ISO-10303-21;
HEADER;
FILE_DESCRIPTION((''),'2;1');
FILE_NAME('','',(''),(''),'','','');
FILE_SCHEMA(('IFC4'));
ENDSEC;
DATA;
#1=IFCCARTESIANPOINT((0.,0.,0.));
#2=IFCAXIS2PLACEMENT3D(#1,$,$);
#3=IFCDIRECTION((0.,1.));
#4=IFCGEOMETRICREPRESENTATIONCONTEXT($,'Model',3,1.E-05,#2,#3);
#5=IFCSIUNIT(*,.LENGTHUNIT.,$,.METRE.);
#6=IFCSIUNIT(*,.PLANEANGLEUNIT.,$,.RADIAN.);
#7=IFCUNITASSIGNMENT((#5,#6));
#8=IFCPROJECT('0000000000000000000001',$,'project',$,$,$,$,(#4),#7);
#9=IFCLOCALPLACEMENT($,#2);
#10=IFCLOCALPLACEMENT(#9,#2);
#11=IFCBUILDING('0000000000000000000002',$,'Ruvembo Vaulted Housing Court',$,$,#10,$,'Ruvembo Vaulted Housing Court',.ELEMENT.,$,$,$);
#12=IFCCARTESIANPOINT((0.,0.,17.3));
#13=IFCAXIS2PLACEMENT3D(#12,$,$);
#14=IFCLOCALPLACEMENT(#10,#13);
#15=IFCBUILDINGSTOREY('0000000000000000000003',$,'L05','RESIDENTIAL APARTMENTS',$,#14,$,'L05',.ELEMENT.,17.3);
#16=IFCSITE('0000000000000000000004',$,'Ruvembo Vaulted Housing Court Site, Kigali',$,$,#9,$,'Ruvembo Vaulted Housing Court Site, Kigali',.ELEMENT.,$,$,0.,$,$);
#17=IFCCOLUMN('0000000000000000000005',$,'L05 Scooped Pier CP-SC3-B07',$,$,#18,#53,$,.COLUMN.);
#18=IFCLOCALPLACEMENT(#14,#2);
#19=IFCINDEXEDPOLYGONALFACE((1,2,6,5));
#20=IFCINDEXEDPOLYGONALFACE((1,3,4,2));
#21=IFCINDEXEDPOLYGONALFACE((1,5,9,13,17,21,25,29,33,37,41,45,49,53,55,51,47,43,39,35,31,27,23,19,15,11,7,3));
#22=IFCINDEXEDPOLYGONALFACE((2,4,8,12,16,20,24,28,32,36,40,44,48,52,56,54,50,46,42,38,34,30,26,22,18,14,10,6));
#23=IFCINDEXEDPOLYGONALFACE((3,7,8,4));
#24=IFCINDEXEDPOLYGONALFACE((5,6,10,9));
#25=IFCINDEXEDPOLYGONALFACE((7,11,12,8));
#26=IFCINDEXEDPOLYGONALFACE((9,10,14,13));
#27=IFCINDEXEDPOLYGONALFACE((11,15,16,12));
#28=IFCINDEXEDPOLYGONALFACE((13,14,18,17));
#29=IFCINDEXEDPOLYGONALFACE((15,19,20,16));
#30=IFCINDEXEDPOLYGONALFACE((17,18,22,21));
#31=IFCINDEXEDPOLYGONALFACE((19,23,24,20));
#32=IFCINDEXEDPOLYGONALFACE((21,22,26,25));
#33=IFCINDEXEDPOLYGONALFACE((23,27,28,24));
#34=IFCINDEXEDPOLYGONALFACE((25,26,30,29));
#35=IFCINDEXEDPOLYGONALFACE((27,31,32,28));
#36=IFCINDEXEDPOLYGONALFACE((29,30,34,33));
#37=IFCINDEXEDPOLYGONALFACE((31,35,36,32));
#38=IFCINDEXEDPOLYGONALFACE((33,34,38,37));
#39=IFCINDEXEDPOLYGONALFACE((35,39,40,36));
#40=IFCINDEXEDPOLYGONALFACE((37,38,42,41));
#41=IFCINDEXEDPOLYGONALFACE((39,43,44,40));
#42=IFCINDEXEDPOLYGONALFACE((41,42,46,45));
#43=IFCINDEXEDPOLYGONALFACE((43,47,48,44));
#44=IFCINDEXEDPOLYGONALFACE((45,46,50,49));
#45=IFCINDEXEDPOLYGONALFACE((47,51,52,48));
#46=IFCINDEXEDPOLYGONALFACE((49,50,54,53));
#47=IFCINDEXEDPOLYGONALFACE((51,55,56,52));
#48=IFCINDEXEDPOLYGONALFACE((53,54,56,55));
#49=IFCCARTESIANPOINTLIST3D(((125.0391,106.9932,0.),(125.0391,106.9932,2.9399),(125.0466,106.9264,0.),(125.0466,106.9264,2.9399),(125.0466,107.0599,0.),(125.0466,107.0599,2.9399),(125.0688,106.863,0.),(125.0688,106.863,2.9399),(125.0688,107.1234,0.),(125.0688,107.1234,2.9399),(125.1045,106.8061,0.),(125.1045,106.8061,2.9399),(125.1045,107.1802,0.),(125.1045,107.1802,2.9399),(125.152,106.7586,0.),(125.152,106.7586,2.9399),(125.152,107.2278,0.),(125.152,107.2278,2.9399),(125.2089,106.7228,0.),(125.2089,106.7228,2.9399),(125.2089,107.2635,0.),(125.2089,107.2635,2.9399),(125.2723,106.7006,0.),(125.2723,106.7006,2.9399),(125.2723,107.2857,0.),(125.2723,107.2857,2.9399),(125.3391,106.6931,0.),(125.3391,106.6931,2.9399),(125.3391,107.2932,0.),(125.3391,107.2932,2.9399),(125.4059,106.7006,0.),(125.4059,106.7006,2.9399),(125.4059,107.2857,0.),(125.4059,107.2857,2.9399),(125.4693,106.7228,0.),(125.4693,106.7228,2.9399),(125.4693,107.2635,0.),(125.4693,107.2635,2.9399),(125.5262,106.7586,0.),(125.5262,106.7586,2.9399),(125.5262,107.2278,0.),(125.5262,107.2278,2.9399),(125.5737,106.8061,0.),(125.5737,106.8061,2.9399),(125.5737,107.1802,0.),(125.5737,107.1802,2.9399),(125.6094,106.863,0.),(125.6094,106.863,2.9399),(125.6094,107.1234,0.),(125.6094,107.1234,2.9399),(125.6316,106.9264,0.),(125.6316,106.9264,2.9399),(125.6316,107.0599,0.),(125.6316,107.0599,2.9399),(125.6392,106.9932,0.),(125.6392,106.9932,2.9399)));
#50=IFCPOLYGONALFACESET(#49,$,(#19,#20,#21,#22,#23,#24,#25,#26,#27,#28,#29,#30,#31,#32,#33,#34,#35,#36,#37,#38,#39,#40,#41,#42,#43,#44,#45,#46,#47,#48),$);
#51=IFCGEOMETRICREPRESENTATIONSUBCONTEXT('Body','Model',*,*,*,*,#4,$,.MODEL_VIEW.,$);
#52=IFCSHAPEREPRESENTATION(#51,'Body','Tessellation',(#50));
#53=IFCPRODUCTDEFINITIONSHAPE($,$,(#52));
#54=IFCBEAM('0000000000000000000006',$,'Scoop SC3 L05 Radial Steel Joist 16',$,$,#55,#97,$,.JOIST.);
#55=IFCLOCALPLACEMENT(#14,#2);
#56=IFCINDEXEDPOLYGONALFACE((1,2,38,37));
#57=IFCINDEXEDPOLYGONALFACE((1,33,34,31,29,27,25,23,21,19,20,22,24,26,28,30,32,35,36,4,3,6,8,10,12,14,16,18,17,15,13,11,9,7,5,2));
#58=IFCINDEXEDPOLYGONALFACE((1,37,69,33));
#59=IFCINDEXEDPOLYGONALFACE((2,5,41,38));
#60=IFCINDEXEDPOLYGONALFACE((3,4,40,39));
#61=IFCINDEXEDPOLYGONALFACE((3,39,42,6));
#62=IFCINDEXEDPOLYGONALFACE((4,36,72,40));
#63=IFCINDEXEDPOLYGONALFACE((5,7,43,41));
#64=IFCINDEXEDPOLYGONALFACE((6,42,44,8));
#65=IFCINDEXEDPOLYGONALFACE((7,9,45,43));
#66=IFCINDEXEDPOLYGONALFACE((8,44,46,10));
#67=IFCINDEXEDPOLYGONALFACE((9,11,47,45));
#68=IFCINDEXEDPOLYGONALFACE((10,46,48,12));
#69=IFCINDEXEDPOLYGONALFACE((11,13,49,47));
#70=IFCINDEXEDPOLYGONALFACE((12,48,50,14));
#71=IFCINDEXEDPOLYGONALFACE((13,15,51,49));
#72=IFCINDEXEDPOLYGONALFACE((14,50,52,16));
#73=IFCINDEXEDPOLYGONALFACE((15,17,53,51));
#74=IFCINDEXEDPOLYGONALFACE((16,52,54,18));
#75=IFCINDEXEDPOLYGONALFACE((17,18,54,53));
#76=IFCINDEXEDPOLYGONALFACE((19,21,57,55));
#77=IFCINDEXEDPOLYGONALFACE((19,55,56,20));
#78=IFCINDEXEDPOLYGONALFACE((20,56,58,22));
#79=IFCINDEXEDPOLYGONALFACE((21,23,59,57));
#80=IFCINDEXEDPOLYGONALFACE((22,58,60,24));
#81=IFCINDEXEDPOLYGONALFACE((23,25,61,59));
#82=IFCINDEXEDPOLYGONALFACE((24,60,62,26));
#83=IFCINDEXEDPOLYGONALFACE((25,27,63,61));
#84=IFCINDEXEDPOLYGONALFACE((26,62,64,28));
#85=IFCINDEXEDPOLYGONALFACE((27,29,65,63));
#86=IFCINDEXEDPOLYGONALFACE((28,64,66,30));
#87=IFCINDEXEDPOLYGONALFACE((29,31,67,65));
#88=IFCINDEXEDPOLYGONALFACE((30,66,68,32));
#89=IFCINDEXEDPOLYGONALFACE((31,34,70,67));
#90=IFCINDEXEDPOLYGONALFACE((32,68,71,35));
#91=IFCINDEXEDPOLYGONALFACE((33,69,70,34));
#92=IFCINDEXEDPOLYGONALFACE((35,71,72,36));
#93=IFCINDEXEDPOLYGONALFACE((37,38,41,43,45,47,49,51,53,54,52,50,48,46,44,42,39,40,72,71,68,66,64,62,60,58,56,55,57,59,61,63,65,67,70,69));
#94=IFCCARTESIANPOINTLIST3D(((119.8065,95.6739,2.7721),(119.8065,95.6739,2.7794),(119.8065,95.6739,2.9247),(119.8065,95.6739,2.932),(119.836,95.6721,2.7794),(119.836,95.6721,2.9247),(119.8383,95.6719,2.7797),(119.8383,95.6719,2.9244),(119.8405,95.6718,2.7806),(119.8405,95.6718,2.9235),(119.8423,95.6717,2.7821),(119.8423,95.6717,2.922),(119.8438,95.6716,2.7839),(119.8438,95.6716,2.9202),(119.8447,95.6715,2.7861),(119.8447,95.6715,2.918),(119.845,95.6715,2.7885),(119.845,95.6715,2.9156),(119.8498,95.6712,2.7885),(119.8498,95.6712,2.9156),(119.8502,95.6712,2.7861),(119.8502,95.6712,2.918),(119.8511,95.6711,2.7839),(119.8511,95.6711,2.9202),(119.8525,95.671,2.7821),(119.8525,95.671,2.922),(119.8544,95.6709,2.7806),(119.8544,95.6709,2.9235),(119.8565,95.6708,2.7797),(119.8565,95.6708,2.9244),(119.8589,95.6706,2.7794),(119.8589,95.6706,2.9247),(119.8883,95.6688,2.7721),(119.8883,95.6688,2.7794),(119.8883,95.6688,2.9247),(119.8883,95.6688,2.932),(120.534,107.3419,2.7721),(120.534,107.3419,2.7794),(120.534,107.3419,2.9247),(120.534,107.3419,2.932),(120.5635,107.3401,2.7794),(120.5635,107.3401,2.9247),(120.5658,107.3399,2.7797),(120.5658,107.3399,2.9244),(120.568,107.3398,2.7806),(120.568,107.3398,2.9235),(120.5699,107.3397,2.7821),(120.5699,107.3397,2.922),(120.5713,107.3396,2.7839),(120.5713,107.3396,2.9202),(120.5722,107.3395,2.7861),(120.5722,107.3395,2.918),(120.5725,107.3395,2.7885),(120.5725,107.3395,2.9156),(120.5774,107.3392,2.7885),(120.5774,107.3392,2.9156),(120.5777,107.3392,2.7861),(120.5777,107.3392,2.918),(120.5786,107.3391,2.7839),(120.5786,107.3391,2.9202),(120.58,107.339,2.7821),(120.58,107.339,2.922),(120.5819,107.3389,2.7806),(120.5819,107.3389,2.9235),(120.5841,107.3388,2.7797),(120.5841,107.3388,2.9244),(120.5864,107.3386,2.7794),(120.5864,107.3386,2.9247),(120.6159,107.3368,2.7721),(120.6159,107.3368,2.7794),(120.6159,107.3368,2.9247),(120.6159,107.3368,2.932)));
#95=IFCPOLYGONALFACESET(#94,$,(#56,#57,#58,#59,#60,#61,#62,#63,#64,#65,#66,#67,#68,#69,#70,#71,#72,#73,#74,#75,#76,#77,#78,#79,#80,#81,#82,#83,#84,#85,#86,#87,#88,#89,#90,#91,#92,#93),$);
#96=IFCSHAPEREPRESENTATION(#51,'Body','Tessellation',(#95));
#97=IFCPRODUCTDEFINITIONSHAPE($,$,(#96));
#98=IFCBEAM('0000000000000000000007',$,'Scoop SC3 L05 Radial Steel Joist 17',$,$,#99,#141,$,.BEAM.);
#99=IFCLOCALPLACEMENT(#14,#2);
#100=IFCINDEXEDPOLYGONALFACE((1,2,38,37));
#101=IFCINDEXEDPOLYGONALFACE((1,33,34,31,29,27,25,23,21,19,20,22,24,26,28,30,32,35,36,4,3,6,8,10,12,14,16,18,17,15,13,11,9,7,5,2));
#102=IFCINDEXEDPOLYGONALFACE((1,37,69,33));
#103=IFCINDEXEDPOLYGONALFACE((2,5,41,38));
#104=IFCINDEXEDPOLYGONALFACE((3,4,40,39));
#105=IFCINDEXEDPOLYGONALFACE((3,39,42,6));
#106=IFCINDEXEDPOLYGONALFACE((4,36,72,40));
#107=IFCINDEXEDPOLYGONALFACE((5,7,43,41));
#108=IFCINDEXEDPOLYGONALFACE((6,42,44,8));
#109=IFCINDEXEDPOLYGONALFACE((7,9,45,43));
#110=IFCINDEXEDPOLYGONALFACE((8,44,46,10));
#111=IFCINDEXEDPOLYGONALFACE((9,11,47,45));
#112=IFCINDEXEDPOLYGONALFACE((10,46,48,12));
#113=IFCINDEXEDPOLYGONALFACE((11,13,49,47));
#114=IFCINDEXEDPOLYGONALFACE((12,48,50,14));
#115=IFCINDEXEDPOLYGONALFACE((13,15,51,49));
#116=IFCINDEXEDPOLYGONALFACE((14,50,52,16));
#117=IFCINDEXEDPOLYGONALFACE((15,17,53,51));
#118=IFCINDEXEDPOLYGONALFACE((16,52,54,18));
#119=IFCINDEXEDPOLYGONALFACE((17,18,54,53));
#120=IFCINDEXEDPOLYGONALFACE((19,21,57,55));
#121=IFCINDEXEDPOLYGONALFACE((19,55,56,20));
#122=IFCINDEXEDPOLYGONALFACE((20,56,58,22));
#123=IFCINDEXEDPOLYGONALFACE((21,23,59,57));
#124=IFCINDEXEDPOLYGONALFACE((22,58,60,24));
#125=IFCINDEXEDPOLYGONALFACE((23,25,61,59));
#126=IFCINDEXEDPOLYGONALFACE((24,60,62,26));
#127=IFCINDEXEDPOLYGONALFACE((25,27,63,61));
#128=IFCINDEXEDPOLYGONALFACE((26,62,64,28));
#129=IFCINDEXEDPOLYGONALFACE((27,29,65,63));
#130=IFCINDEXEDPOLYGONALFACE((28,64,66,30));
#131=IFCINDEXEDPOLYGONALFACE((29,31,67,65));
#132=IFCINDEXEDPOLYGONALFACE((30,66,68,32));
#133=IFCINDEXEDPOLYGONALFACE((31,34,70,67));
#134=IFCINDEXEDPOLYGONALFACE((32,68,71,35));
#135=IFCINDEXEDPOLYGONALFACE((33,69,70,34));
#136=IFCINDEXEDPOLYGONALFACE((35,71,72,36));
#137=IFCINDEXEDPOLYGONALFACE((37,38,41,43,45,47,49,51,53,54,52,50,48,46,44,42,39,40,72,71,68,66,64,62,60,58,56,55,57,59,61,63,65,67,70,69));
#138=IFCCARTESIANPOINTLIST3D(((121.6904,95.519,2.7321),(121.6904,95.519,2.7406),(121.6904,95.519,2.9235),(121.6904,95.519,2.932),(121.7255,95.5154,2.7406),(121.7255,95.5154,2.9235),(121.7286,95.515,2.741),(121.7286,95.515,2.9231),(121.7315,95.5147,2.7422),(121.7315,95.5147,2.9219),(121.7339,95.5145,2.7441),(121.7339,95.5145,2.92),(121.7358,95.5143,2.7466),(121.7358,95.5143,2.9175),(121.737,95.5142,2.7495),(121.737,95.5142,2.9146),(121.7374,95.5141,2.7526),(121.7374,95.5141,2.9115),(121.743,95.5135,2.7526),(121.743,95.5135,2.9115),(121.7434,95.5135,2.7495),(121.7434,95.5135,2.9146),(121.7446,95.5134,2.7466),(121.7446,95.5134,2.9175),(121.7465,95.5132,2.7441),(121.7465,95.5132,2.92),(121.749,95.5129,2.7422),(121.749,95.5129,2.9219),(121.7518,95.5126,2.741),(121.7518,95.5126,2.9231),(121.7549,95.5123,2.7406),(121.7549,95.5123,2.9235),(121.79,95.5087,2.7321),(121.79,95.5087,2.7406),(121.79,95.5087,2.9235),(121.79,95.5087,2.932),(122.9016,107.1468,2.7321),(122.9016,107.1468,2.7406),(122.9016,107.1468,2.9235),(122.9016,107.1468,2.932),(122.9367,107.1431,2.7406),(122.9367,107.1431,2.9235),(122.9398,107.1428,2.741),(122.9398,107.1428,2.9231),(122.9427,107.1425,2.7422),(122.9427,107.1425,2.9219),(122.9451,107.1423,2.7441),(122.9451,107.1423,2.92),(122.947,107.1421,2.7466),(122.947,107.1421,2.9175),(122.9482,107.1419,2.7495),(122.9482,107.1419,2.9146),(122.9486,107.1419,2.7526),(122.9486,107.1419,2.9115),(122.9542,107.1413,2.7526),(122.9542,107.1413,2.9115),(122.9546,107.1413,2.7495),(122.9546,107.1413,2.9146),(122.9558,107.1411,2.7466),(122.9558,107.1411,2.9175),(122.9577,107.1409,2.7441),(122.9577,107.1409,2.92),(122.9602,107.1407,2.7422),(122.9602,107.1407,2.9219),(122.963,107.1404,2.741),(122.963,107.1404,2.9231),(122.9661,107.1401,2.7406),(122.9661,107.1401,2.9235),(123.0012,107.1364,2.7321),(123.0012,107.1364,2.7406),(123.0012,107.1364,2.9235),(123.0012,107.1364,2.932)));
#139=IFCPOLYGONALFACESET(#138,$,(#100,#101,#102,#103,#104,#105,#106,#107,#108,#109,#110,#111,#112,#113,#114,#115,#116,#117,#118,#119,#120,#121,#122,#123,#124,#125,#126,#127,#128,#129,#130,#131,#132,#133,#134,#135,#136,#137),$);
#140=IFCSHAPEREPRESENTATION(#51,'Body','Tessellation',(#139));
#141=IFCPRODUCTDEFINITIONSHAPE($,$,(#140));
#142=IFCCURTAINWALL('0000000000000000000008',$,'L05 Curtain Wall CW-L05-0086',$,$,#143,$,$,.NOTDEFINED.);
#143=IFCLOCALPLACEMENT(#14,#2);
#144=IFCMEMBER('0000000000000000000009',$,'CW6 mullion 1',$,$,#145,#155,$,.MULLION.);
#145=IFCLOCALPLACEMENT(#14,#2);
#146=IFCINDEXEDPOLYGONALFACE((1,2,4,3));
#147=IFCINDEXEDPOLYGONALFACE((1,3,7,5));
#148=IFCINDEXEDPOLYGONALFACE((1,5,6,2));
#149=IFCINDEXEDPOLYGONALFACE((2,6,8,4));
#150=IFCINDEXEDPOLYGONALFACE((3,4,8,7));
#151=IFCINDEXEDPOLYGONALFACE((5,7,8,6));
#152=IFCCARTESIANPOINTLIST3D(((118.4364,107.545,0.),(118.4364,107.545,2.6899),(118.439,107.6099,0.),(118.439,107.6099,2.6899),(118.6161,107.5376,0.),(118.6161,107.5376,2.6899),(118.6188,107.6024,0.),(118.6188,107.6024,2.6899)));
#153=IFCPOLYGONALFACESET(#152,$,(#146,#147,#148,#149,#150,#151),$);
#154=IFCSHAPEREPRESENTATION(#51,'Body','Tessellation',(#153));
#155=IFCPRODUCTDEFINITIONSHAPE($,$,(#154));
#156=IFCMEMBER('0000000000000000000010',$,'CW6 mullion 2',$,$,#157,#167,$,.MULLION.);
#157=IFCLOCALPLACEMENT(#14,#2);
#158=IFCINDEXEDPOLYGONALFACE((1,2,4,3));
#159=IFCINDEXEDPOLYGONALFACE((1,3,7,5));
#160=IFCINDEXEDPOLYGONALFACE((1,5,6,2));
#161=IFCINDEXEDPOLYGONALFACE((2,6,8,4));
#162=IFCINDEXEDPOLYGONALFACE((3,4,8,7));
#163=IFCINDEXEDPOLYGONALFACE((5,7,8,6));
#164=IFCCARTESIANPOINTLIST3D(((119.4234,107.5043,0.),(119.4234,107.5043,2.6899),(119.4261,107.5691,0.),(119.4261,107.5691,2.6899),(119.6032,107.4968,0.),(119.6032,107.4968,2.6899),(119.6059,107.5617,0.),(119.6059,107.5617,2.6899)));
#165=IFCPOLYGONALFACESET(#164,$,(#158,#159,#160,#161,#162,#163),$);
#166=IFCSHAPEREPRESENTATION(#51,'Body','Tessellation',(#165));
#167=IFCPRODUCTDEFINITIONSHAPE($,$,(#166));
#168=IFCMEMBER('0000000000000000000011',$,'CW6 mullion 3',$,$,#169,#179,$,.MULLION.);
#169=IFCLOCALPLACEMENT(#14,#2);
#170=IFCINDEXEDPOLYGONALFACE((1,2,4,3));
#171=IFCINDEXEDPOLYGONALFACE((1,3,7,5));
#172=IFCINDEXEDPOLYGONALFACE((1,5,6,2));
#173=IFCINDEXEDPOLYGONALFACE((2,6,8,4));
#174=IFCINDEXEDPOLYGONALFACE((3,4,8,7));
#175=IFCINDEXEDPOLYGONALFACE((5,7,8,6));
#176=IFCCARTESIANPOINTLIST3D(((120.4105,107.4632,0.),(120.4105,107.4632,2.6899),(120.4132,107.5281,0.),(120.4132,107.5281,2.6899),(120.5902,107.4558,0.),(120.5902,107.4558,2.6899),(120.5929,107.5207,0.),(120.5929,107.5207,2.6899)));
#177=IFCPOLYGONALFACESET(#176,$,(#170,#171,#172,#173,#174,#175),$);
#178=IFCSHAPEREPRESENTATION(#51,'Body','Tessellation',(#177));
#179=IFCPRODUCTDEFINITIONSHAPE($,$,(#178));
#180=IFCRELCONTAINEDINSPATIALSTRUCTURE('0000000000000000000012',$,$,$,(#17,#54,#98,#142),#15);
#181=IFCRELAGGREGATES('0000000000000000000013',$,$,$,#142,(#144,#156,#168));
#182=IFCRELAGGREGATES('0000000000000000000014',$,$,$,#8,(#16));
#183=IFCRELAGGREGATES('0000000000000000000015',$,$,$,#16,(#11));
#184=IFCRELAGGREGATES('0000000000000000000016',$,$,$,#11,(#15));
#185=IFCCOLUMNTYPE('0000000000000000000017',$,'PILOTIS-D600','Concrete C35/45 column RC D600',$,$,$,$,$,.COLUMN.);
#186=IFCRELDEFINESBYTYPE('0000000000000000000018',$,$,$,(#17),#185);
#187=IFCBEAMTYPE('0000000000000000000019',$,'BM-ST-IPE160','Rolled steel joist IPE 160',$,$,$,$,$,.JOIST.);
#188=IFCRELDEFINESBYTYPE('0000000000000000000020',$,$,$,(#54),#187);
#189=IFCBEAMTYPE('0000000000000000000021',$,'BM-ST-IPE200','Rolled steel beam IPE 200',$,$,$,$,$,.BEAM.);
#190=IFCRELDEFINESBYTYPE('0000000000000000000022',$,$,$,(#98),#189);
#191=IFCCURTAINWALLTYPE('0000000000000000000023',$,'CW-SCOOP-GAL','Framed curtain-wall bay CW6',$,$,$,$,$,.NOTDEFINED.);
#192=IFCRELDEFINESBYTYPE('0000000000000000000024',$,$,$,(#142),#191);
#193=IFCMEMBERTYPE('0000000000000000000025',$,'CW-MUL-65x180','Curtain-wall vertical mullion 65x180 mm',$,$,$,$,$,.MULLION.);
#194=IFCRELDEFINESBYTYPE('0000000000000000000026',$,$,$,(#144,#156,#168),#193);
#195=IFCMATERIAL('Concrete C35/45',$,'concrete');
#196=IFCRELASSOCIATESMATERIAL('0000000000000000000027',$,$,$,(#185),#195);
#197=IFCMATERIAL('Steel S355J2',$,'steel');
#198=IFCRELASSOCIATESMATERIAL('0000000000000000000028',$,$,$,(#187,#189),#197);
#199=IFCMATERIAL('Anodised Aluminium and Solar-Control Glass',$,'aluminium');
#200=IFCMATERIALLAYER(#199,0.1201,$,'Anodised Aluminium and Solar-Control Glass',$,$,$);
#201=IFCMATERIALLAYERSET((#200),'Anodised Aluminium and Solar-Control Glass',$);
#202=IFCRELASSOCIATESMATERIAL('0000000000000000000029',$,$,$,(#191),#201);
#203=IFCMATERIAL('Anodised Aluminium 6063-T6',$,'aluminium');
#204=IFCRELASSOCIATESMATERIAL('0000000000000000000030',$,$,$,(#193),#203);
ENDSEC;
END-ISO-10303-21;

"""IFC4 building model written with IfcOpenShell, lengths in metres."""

from ifc_helpers import new_model, si_unit, direction, frame, origin, origin_2d, place, context, subcontext, project, spatial, rectangle, circle, i_section, extrude, material, layer, layer_set, material_profile, profile_set, type_object, element, aggregate, save


model = new_model("IFC4")

# Units and contexts
model_context = context("Model", 3, precision=1e-05, world=origin(), true_north=direction((0.0, 1.0)))
body_context = subcontext(model_context, "Body", "Model", "MODEL_VIEW")
ifc_project = project(units=[si_unit("LENGTHUNIT", "METRE"), si_unit("PLANEANGLEUNIT", "RADIAN")], contexts=[model_context])

# Site, building, storey
site_placement = place(None, origin())
site = spatial("IfcSite", under=ifc_project, at=site_placement, Name="Ruvembo Vaulted Housing Court Site, Kigali", LongName="Ruvembo Vaulted Housing Court Site, Kigali", CompositionType="ELEMENT", RefElevation=0.0)
building_placement = place(site_placement, origin())
building = spatial("IfcBuilding", under=site, at=building_placement, Name="Ruvembo Vaulted Housing Court", LongName="Ruvembo Vaulted Housing Court", CompositionType="ELEMENT")
storey_placement = place(building_placement, frame((0.0, 0.0, 17.3)))
storey = spatial("IfcBuildingStorey", under=building, at=storey_placement, Name="L05", Description="RESIDENTIAL APARTMENTS", LongName="L05", CompositionType="ELEMENT", Elevation=17.3)

# Column
ifc_material_1 = material(Name="Concrete C35/45", Category="concrete")
ifc_material_profile_1 = material_profile(ifc_material_1, circle(Radius=0.3, at=origin_2d()), Name="RC D600")
ifc_profile_set_1 = profile_set([ifc_material_profile_1], Name="Concrete C35/45")
column_type = type_object("IfcColumnType", Name="PILOTIS-D600", Description="Concrete C35/45 column RC D600", PredefinedType="COLUMN", material=ifc_profile_set_1)
column_placement = place(storey_placement, frame((125.3391, 106.9932, 0.0), z_axis=(0.0, 0.0, 1.0), x_axis=(1.0, 0.0, 0.0)))
element("IfcColumn", 1, at=column_placement, inside=storey, type_object=column_type, Name="L05 Scooped Pier CP-SC3-B07", PredefinedType="COLUMN", context=body_context, shape_type="SweptSolid", body=[
    extrude(circle(Radius=0.3, at=origin_2d()), origin(), (0.0, 0.0, 1.0), 2.9399),
])

# Beams
ifc_material_2 = material(Name="Steel S355J2", Category="steel")
ifc_material_profile_2 = material_profile(ifc_material_2, i_section(OverallWidth=0.082, OverallDepth=0.1599, WebThickness=0.0049, FlangeThickness=0.0073, FilletRadius=0.009, at=origin_2d()), Name="IPE 160")
ifc_profile_set_2 = profile_set([ifc_material_profile_2], Name="Steel S355J2")
beam_type_1 = type_object("IfcBeamType", Name="BM-ST-IPE160", Description="Rolled steel joist IPE 160", PredefinedType="JOIST", material=ifc_profile_set_2)
beam_1_placement = place(storey_placement, frame((120.575, 107.3394, 2.8521), z_axis=(-0.062233, -0.998062, 0.0), x_axis=(0.998062, -0.062233, 0.0)))
element("IfcBeam", 2, at=beam_1_placement, inside=storey, type_object=beam_type_1, Name="Scoop SC3 L05 Radial Steel Joist 16", PredefinedType="JOIST", context=body_context, shape_type="SweptSolid", body=[
    extrude(i_section(OverallWidth=0.082, OverallDepth=0.1599, WebThickness=0.0049, FlangeThickness=0.0073, FilletRadius=0.009, at=origin_2d()), origin(), (0.0, 0.0, 1.0), 11.6907),
])
ifc_material_profile_3 = material_profile(ifc_material_2, i_section(OverallWidth=0.1001, OverallDepth=0.2, WebThickness=0.0056, FlangeThickness=0.0085, FilletRadius=0.012, at=origin_2d()), Name="IPE 200")
ifc_profile_set_3 = profile_set([ifc_material_profile_3], Name="Steel S355J2")
beam_type_2 = type_object("IfcBeamType", Name="BM-ST-IPE200", Description="Rolled steel beam IPE 200", PredefinedType="BEAM", material=ifc_profile_set_3)
beam_2_placement = place(storey_placement, frame((122.9514, 107.1416, 2.832), z_axis=(-0.103603, -0.994619, 0.0), x_axis=(0.994619, -0.103603, 0.0)))
element("IfcBeam", 3, at=beam_2_placement, inside=storey, type_object=beam_type_2, Name="Scoop SC3 L05 Radial Steel Joist 17", PredefinedType="BEAM", context=body_context, shape_type="SweptSolid", body=[
    extrude(i_section(OverallWidth=0.1001, OverallDepth=0.2, WebThickness=0.0056, FlangeThickness=0.0085, FilletRadius=0.012, at=origin_2d()), origin(), (0.0, 0.0, 1.0), 11.6907),
])

# Curtain wall, members
ifc_material_3 = material(Name="Anodised Aluminium and Solar-Control Glass", Category="aluminium")
ifc_layer_1 = layer(ifc_material_3, 0.1201, Name="Anodised Aluminium and Solar-Control Glass")
ifc_layer_set_1 = layer_set([ifc_layer_1], Name="Anodised Aluminium and Solar-Control Glass")
curtain_wall_type = type_object("IfcCurtainWallType", Name="CW-SCOOP-GAL", Description="Framed curtain-wall bay CW6", PredefinedType="NOTDEFINED", material=ifc_layer_set_1)
curtain_wall_placement = place(storey_placement, origin())
curtain_wall = element("IfcCurtainWall", 4, at=curtain_wall_placement, inside=storey, type_object=curtain_wall_type, Name="L05 Curtain Wall CW-L05-0086", PredefinedType="NOTDEFINED")
ifc_material_4 = material(Name="Anodised Aluminium 6063-T6", Category="aluminium")
ifc_material_profile_4 = material_profile(ifc_material_4, rectangle(XDim=0.0649, YDim=0.1799, at=origin_2d()), Name="ALU 65x180")
ifc_profile_set_4 = profile_set([ifc_material_profile_4], Name="Anodised Aluminium 6063-T6")
member_type_1 = type_object("IfcMemberType", Name="CW-MUL-65x180", Description="Curtain-wall vertical mullion 65x180 mm", PredefinedType="MULLION", material=ifc_profile_set_4)
member_1_placement = place(storey_placement, frame((118.5276, 107.5737, 0.0), z_axis=(0.0, 0.0, 1.0), x_axis=(0.041502, 0.999138, 0.0)))
member_1 = element("IfcMember", 5, at=member_1_placement, type_object=member_type_1, Name="CW6 mullion 1", PredefinedType="MULLION", context=body_context, shape_type="SweptSolid", body=[
    extrude(rectangle(XDim=0.0649, YDim=0.1799, at=origin_2d()), origin(), (0.0, 0.0, 1.0), 2.6899),
])
member_2_placement = place(storey_placement, frame((119.5146, 107.533, 0.0), z_axis=(0.0, 0.0, 1.0), x_axis=(0.041502, 0.999138, 0.0)))
member_2 = element("IfcMember", 6, at=member_2_placement, type_object=member_type_1, Name="CW6 mullion 2", PredefinedType="MULLION", context=body_context, shape_type="SweptSolid", body=[
    extrude(rectangle(XDim=0.0649, YDim=0.1799, at=origin_2d()), origin(), (0.0, 0.0, 1.0), 2.6899),
])
member_3_placement = place(storey_placement, frame((120.5017, 107.4919, 0.0), z_axis=(0.0, 0.0, 1.0), x_axis=(0.041502, 0.999138, 0.0)))
member_3 = element("IfcMember", 7, at=member_3_placement, type_object=member_type_1, Name="CW6 mullion 3", PredefinedType="MULLION", context=body_context, shape_type="SweptSolid", body=[
    extrude(rectangle(XDim=0.0649, YDim=0.1799, at=origin_2d()), origin(), (0.0, 0.0, 1.0), 2.6899),
])
aggregate(curtain_wall, [member_1, member_2, member_3])

save(model, "model.ifc")
